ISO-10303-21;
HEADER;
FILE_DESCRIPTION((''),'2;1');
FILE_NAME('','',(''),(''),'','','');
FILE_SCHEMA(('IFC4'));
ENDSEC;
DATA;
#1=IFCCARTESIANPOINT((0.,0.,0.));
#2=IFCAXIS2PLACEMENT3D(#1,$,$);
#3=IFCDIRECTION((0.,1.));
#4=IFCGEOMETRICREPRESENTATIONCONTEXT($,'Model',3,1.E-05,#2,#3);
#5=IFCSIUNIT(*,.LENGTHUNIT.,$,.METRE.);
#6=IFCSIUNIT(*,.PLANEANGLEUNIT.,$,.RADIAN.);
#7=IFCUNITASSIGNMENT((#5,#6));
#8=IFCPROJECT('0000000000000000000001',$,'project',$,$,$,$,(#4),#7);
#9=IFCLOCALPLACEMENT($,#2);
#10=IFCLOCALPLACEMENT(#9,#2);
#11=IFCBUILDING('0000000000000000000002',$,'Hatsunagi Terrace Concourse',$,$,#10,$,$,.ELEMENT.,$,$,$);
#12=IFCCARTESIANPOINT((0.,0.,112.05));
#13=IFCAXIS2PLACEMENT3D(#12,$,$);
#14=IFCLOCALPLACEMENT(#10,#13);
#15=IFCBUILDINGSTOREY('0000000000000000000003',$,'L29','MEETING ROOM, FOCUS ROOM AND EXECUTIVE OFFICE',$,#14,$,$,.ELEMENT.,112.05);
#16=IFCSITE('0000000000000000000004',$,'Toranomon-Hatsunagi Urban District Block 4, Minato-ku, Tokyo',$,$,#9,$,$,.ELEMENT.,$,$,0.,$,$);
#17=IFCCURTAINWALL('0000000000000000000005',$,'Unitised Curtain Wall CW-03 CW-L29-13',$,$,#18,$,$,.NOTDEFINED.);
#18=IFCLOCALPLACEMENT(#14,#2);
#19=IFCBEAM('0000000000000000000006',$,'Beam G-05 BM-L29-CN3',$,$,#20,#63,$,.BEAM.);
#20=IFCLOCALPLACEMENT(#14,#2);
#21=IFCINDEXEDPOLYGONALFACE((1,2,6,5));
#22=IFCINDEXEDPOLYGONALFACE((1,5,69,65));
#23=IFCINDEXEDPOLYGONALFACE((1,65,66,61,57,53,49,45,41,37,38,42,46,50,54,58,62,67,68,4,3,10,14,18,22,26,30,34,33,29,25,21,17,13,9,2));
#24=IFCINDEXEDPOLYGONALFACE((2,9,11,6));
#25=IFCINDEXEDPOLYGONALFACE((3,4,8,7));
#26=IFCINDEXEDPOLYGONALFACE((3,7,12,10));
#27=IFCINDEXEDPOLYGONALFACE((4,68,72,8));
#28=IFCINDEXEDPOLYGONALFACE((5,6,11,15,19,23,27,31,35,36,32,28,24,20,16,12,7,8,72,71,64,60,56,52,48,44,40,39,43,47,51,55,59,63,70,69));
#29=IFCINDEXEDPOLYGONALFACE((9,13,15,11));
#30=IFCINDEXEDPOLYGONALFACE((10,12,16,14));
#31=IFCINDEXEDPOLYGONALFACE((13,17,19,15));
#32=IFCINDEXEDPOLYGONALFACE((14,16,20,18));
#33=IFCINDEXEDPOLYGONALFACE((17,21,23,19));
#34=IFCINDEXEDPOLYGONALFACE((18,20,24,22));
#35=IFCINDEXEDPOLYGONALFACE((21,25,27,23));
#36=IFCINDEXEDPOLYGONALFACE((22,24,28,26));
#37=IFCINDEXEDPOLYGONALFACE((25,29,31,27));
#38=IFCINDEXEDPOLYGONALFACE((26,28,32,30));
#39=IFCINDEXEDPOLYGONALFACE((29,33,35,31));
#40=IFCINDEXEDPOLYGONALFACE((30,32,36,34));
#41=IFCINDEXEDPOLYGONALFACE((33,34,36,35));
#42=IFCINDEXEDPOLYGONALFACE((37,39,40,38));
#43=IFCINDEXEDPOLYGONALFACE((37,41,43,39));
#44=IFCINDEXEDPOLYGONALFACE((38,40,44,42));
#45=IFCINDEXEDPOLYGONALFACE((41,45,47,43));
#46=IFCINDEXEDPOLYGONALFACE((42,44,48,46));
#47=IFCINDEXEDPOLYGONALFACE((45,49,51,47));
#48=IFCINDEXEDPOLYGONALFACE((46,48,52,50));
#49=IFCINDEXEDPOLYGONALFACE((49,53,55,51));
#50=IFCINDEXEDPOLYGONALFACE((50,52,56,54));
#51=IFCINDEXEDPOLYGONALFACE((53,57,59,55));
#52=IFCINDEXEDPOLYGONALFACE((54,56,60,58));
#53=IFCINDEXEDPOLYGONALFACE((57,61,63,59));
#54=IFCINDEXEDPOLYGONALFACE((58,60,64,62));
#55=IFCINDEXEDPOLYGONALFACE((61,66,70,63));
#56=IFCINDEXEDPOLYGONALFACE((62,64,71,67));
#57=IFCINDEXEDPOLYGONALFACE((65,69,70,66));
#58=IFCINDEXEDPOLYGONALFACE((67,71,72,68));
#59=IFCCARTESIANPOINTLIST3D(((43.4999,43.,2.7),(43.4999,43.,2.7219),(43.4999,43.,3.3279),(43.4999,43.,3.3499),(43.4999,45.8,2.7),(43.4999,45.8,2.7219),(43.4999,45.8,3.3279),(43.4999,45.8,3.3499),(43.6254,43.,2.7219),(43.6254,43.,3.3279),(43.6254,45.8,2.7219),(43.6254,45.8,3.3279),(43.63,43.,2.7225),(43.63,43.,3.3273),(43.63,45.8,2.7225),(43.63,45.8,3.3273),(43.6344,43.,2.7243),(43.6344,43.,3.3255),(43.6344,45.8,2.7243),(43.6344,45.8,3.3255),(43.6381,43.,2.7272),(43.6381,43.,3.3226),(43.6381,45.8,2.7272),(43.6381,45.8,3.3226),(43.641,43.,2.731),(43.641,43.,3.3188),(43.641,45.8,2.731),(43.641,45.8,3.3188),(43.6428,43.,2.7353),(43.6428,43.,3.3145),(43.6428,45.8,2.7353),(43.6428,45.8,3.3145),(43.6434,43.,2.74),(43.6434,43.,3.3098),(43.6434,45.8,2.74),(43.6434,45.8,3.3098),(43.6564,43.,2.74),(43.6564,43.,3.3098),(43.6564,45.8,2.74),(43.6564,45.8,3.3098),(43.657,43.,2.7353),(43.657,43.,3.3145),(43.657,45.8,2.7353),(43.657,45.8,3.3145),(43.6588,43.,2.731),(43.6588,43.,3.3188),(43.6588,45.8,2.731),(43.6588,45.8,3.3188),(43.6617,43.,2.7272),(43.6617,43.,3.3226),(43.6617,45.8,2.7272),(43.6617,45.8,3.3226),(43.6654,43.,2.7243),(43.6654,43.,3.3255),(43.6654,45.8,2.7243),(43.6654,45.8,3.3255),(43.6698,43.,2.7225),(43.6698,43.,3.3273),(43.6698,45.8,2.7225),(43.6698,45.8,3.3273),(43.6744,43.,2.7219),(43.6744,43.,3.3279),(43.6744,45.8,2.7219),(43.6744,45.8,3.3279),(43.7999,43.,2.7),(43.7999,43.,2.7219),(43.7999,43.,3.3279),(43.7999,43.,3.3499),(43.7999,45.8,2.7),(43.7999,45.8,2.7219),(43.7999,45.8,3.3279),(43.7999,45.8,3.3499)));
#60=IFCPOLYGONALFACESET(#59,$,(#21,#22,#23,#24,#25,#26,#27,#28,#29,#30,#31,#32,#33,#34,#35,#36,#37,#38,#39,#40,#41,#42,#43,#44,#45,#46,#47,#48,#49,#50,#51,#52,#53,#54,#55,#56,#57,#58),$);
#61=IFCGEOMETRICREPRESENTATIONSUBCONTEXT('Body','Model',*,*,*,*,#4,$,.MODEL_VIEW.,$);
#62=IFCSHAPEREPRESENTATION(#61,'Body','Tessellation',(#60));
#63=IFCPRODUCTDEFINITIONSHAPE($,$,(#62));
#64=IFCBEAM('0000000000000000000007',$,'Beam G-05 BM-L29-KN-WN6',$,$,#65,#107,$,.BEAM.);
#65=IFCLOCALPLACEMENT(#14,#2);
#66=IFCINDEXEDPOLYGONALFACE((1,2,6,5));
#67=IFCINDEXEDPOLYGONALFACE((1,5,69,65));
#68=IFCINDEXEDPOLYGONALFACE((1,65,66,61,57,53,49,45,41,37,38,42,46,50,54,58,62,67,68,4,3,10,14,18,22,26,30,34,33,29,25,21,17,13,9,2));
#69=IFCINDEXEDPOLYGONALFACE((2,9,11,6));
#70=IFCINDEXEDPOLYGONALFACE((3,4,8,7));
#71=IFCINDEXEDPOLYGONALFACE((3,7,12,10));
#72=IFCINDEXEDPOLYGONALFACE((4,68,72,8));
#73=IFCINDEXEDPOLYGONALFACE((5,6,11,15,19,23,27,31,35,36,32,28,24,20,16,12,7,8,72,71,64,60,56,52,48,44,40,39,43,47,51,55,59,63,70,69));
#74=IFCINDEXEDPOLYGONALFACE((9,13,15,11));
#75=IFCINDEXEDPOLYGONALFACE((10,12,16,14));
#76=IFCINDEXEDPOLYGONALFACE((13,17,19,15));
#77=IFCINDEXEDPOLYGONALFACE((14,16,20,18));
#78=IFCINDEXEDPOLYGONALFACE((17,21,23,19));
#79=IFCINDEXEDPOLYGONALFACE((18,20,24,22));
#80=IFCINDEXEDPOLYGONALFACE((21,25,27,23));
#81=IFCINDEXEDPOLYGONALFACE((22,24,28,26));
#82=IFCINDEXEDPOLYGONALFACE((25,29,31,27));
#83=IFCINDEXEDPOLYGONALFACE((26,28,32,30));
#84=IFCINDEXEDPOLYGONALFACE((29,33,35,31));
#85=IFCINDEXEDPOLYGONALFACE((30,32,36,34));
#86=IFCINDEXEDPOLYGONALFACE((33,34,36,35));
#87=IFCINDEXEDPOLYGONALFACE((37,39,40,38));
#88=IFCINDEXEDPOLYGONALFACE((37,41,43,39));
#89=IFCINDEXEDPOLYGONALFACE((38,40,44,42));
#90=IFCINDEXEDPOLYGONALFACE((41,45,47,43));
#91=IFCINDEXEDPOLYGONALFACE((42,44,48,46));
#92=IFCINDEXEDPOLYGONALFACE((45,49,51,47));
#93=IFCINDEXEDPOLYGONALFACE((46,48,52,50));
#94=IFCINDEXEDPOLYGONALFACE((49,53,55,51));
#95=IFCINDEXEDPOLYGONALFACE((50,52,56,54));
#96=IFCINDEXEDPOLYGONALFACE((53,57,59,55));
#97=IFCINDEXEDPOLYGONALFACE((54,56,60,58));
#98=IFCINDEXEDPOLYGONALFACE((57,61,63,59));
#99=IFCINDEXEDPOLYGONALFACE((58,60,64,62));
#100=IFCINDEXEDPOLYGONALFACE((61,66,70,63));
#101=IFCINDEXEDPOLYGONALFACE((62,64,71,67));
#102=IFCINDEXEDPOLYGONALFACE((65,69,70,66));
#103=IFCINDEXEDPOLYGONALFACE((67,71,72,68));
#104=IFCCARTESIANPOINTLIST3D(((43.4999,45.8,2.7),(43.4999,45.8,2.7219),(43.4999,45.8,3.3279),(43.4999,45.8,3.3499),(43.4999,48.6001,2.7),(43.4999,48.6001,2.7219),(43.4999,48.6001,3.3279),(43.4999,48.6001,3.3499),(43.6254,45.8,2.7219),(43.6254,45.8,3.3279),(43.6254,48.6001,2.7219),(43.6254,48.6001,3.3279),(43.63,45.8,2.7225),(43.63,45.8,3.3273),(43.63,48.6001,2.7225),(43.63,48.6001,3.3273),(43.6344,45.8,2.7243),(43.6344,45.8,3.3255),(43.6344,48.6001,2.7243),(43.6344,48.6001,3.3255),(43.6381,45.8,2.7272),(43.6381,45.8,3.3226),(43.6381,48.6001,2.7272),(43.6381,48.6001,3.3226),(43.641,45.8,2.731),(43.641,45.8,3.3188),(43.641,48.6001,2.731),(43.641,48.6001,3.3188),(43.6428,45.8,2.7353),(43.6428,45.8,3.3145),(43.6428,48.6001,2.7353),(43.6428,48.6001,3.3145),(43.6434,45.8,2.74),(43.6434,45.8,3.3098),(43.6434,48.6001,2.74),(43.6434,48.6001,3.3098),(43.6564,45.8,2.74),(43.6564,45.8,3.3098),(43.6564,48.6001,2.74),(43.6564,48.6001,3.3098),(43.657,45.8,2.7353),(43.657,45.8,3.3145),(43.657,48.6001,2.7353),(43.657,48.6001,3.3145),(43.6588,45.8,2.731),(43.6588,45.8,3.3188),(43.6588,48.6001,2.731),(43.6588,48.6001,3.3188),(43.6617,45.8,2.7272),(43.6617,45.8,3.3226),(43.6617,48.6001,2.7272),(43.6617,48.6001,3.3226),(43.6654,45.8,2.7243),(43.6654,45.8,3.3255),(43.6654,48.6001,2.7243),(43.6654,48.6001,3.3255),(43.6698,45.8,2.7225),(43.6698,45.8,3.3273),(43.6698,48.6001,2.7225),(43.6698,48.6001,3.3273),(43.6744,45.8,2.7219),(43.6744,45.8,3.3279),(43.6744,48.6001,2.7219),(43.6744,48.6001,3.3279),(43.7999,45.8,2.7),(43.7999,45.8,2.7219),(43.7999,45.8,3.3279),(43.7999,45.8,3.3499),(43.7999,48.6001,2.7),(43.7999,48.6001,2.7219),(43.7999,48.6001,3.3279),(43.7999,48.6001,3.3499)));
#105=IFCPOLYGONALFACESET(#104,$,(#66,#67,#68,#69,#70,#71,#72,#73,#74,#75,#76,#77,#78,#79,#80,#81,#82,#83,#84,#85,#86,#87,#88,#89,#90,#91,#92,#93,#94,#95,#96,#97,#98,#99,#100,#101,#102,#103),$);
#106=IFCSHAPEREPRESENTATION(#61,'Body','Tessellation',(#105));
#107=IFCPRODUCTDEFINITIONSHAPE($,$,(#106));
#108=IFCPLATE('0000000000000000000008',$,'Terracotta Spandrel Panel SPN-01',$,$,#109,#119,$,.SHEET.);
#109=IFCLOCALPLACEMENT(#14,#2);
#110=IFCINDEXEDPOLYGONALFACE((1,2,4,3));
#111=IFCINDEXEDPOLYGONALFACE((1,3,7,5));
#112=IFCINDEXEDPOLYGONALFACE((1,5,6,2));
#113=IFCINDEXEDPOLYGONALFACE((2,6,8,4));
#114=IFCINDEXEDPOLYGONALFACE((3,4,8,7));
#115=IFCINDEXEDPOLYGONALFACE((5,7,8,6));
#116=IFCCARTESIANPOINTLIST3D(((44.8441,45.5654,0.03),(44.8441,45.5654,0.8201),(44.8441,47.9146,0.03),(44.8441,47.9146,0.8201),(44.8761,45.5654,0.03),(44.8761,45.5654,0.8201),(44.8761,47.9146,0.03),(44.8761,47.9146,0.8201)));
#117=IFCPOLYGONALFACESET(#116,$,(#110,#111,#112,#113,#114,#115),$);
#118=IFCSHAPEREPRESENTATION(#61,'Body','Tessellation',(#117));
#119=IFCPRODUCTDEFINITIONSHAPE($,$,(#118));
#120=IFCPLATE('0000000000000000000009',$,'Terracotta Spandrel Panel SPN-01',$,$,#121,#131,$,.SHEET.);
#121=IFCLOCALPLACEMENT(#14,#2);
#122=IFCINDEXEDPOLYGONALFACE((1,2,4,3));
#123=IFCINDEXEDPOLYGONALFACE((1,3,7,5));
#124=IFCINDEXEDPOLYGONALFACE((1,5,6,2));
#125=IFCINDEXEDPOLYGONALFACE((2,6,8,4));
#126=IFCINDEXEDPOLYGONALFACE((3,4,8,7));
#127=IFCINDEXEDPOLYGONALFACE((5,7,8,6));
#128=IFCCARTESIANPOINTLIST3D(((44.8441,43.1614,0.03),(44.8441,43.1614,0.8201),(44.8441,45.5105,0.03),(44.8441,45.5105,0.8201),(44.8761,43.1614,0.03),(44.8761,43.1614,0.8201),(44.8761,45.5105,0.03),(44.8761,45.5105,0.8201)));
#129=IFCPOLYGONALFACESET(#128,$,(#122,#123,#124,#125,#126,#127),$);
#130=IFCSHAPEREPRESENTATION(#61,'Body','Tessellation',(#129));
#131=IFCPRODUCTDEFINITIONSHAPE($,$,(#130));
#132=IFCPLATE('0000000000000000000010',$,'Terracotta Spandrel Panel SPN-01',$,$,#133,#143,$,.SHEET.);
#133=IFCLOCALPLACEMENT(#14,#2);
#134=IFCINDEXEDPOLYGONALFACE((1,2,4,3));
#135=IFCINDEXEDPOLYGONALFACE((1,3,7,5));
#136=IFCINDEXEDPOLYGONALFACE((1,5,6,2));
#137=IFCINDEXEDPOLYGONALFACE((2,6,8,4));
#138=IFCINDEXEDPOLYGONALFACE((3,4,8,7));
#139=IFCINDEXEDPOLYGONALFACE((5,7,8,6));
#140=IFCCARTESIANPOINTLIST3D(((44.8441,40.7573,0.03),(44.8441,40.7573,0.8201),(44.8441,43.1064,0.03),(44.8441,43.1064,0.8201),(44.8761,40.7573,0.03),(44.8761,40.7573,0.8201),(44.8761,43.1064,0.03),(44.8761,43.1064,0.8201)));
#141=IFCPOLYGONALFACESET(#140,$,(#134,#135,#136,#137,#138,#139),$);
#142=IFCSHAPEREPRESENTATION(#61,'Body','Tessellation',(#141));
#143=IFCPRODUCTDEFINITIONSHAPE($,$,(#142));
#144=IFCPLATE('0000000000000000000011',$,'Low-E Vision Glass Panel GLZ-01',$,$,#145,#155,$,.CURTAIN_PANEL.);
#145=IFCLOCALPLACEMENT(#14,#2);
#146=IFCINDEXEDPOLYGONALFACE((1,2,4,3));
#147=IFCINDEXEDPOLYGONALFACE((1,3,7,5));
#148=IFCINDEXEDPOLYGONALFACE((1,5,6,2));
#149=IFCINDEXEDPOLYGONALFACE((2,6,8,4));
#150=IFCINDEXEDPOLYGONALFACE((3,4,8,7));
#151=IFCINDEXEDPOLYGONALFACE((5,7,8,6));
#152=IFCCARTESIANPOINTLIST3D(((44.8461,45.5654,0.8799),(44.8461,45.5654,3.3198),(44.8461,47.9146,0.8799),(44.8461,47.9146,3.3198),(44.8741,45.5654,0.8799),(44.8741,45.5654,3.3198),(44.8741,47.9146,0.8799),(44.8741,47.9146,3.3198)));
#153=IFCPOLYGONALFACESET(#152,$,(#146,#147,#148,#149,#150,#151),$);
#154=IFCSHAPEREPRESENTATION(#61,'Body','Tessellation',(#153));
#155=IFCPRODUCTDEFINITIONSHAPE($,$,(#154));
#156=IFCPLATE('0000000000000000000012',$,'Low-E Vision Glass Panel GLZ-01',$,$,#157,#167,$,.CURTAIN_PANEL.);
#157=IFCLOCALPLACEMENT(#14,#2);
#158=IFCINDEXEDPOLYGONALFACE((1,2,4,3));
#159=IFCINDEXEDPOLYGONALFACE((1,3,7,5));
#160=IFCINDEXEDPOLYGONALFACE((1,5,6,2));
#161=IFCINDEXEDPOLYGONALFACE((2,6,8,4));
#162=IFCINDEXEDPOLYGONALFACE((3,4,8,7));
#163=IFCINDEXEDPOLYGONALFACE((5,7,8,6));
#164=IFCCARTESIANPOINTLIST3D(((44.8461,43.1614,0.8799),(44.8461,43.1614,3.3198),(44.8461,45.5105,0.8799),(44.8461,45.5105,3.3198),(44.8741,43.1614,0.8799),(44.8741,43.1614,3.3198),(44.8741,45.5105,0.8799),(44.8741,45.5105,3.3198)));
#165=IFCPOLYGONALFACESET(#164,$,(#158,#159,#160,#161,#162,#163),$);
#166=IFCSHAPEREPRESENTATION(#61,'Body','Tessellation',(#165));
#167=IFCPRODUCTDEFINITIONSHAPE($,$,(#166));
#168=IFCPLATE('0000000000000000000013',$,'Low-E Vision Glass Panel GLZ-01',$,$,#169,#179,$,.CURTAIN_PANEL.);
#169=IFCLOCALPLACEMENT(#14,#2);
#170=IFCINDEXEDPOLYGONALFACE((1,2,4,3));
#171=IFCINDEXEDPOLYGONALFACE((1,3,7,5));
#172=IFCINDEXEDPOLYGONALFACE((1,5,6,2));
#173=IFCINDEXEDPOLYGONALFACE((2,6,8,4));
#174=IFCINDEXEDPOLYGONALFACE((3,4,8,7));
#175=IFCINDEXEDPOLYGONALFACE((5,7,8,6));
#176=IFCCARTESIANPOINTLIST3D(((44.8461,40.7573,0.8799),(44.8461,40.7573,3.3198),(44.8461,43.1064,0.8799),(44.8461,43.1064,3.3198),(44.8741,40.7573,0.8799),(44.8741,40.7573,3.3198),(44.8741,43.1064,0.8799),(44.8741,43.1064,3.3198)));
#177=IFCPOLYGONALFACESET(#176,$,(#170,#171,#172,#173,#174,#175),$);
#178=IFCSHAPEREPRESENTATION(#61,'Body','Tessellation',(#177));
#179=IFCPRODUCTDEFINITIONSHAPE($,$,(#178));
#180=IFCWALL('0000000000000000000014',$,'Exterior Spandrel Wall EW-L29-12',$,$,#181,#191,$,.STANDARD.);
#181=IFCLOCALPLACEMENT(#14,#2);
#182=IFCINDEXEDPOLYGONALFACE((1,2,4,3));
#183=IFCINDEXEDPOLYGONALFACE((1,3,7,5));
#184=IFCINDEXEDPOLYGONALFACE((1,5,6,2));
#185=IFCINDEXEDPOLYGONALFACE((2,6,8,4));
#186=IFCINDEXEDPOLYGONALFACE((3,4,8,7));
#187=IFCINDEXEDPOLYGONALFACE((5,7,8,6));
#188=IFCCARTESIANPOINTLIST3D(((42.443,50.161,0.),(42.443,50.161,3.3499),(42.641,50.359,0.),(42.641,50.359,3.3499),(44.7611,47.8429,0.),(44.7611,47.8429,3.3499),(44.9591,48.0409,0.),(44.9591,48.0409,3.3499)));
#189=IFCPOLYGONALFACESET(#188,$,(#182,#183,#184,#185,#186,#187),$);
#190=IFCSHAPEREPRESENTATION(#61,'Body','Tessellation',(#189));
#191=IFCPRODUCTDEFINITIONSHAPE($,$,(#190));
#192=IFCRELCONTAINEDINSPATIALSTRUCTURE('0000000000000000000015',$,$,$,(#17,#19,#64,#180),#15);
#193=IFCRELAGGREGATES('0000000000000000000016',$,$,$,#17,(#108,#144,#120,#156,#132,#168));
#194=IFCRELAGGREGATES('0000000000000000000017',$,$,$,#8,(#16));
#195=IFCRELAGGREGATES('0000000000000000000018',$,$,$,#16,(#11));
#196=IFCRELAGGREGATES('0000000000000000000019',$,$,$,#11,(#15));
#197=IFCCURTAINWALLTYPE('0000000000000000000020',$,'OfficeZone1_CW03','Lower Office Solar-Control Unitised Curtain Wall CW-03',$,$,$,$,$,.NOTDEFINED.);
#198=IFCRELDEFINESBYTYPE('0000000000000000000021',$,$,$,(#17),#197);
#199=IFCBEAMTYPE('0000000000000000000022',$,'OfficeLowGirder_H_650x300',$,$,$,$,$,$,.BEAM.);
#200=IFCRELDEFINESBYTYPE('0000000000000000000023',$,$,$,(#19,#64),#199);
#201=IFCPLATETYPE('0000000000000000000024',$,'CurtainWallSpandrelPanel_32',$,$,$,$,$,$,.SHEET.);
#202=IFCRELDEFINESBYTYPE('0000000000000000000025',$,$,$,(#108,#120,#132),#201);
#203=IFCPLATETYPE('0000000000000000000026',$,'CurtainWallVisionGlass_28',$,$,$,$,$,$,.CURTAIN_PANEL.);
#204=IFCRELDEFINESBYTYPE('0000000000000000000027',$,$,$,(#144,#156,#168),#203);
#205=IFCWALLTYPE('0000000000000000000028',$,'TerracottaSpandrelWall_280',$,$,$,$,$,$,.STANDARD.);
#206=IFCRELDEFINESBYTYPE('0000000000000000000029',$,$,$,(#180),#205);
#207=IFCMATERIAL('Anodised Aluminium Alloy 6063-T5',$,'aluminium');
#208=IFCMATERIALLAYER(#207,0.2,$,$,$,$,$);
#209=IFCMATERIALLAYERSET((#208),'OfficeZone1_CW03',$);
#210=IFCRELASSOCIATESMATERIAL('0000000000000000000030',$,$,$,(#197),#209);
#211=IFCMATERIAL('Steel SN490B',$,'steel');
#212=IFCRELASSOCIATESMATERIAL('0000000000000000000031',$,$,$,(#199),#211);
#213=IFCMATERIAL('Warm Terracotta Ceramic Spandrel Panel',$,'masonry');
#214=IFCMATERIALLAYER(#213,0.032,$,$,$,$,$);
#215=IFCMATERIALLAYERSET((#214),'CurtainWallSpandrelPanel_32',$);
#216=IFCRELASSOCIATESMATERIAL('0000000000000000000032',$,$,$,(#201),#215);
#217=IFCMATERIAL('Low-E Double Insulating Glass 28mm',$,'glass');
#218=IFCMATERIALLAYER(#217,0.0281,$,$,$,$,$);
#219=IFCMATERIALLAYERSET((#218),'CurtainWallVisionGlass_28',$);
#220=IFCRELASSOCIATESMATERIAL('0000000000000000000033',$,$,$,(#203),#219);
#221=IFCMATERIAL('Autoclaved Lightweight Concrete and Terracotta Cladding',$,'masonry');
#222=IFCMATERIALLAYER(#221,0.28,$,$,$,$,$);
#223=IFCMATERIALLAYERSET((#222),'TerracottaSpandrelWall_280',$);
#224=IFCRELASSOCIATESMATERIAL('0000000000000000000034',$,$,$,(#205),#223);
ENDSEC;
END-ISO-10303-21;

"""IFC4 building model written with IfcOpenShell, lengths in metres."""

from ifc_helpers import new_model, si_unit, direction, frame, frame_2d, origin, origin_2d, place, context, subcontext, project, spatial, rectangle, i_section, extrude, material, layer, layer_set, material_profile, profile_set, type_object, element, aggregate, save


model = new_model("IFC4")

# Units and contexts
model_context = context("Model", 3, precision=1e-05, world=origin(), true_north=direction((0.0, 1.0)))
body_context = subcontext(model_context, "Body", "Model", "MODEL_VIEW")
ifc_project = project(units=[si_unit("LENGTHUNIT", "METRE"), si_unit("PLANEANGLEUNIT", "RADIAN")], contexts=[model_context])

# Site, building, storey
site_placement = place(None, origin())
site = spatial("IfcSite", under=ifc_project, at=site_placement, Name="Toranomon-Hatsunagi Urban District Block 4, Minato-ku, Tokyo", CompositionType="ELEMENT", RefElevation=0.0)
building_placement = place(site_placement, origin())
building = spatial("IfcBuilding", under=site, at=building_placement, Name="Hatsunagi Terrace Concourse", CompositionType="ELEMENT")
storey_placement = place(building_placement, frame((0.0, 0.0, 112.05)))
storey = spatial("IfcBuildingStorey", under=building, at=storey_placement, Name="L29", Description="MEETING ROOM, FOCUS ROOM AND EXECUTIVE OFFICE", CompositionType="ELEMENT", Elevation=112.05)

# Curtain wall
ifc_material_1 = material(Name="Anodised Aluminium Alloy 6063-T5", Category="aluminium")
ifc_layer_1 = layer(ifc_material_1, 0.2)
ifc_layer_set_1 = layer_set([ifc_layer_1], Name="OfficeZone1_CW03")
curtain_wall_type = type_object("IfcCurtainWallType", Name="OfficeZone1_CW03", Description="Lower Office Solar-Control Unitised Curtain Wall CW-03", PredefinedType="NOTDEFINED", material=ifc_layer_set_1)
curtain_wall_placement = place(storey_placement, origin())
curtain_wall = element("IfcCurtainWall", 1, at=curtain_wall_placement, inside=storey, type_object=curtain_wall_type, Name="Unitised Curtain Wall CW-03 CW-L29-13", PredefinedType="NOTDEFINED")

# Beams
ifc_material_2 = material(Name="Steel SN490B", Category="steel")
ifc_material_profile_1 = material_profile(ifc_material_2, i_section(OverallWidth=0.3, OverallDepth=0.6499, WebThickness=0.0129, FlangeThickness=0.022, FilletRadius=0.0181, at=origin_2d()), Name="H-650x300x13x22")
ifc_profile_set_1 = profile_set([ifc_material_profile_1], Name="Steel SN490B")
beam_type = type_object("IfcBeamType", Name="OfficeLowGirder_H_650x300", PredefinedType="BEAM", material=ifc_profile_set_1)
for number, where, z_axis, x_axis, name in (
    (2, (43.6499, 43.0, 3.0249), (0.0, 1.0, 0.0), (-1.0, 0.0, 0.0), "Beam G-05 BM-L29-CN3"),
    (3, (43.6499, 45.8, 3.0249), (0.0, 1.0, 0.0), (-1.0, 0.0, 0.0), "Beam G-05 BM-L29-KN-WN6"),
):
    element("IfcBeam", number, at=place(storey_placement, frame(where, z_axis=z_axis, x_axis=x_axis)), inside=storey, type_object=beam_type, Name=name, PredefinedType="BEAM", context=body_context, shape_type="SweptSolid", body=[
        extrude(i_section(OverallWidth=0.3, OverallDepth=0.6499, WebThickness=0.0129, FlangeThickness=0.022, FilletRadius=0.0181, at=origin_2d()), origin(), (0.0, 0.0, 1.0), 2.8),
    ])

# Plates
ifc_material_3 = material(Name="Warm Terracotta Ceramic Spandrel Panel", Category="masonry")
ifc_layer_2 = layer(ifc_material_3, 0.032)
ifc_layer_set_2 = layer_set([ifc_layer_2], Name="CurtainWallSpandrelPanel_32")
plate_type_1 = type_object("IfcPlateType", Name="CurtainWallSpandrelPanel_32", PredefinedType="SHEET", material=ifc_layer_set_2)
plate_1_placement = place(storey_placement, frame((44.8601, 46.74, 0.03), z_axis=(0.0, 0.0, 1.0), x_axis=(0.0, -1.0, 0.0)))
plate_1 = element("IfcPlate", 4, at=plate_1_placement, type_object=plate_type_1, Name="Terracotta Spandrel Panel SPN-01", PredefinedType="SHEET", context=body_context, shape_type="SweptSolid", body=[
    extrude(rectangle(XDim=2.3491, YDim=0.032, at=origin_2d()), origin(), (0.0, 0.0, 1.0), 0.79),
])
plate_2_placement = place(storey_placement, frame((44.8601, 44.3359, 0.03), z_axis=(0.0, 0.0, 1.0), x_axis=(0.0, -1.0, 0.0)))
plate_2 = element("IfcPlate", 5, at=plate_2_placement, type_object=plate_type_1, Name="Terracotta Spandrel Panel SPN-01", PredefinedType="SHEET", context=body_context, shape_type="SweptSolid", body=[
    extrude(rectangle(XDim=2.3491, YDim=0.032, at=origin_2d()), origin(), (0.0, 0.0, 1.0), 0.79),
])
plate_3_placement = place(storey_placement, frame((44.8601, 41.9319, 0.03), z_axis=(0.0, 0.0, 1.0), x_axis=(0.0, -1.0, 0.0)))
plate_3 = element("IfcPlate", 6, at=plate_3_placement, type_object=plate_type_1, Name="Terracotta Spandrel Panel SPN-01", PredefinedType="SHEET", context=body_context, shape_type="SweptSolid", body=[
    extrude(rectangle(XDim=2.3491, YDim=0.032, at=origin_2d()), origin(), (0.0, 0.0, 1.0), 0.79),
])
ifc_material_4 = material(Name="Low-E Double Insulating Glass 28mm", Category="glass")
ifc_layer_3 = layer(ifc_material_4, 0.0281)
ifc_layer_set_3 = layer_set([ifc_layer_3], Name="CurtainWallVisionGlass_28")
plate_type_2 = type_object("IfcPlateType", Name="CurtainWallVisionGlass_28", PredefinedType="CURTAIN_PANEL", material=ifc_layer_set_3)
plate_4_placement = place(storey_placement, frame((44.8601, 46.74, 0.8799), z_axis=(0.0, 0.0, 1.0), x_axis=(0.0, -1.0, 0.0)))
plate_4 = element("IfcPlate", 7, at=plate_4_placement, type_object=plate_type_2, Name="Low-E Vision Glass Panel GLZ-01", PredefinedType="CURTAIN_PANEL", context=body_context, shape_type="SweptSolid", body=[
    extrude(rectangle(XDim=2.3491, YDim=0.0281, at=origin_2d()), origin(), (0.0, 0.0, 1.0), 2.4399),
])
plate_5_placement = place(storey_placement, frame((44.8601, 44.3359, 0.8799), z_axis=(0.0, 0.0, 1.0), x_axis=(0.0, -1.0, 0.0)))
plate_5 = element("IfcPlate", 8, at=plate_5_placement, type_object=plate_type_2, Name="Low-E Vision Glass Panel GLZ-01", PredefinedType="CURTAIN_PANEL", context=body_context, shape_type="SweptSolid", body=[
    extrude(rectangle(XDim=2.3491, YDim=0.0281, at=origin_2d()), origin(), (0.0, 0.0, 1.0), 2.4399),
])
plate_6_placement = place(storey_placement, frame((44.8601, 41.9319, 0.8799), z_axis=(0.0, 0.0, 1.0), x_axis=(0.0, -1.0, 0.0)))
plate_6 = element("IfcPlate", 9, at=plate_6_placement, type_object=plate_type_2, Name="Low-E Vision Glass Panel GLZ-01", PredefinedType="CURTAIN_PANEL", context=body_context, shape_type="SweptSolid", body=[
    extrude(rectangle(XDim=2.3491, YDim=0.0281, at=origin_2d()), origin(), (0.0, 0.0, 1.0), 2.4399),
])
aggregate(curtain_wall, [plate_1, plate_4, plate_2, plate_5, plate_3, plate_6])

# Wall
ifc_material_5 = material(Name="Autoclaved Lightweight Concrete and Terracotta Cladding", Category="masonry")
ifc_layer_4 = layer(ifc_material_5, 0.28)
ifc_layer_set_4 = layer_set([ifc_layer_4], Name="TerracottaSpandrelWall_280")
wall_type = type_object("IfcWallType", Name="TerracottaSpandrelWall_280", PredefinedType="STANDARD", material=ifc_layer_set_4)
wall_placement = place(storey_placement, frame((42.542, 50.26, 0.0), z_axis=(0.0, 0.0, 1.0), x_axis=(0.707107, -0.707107, 0.0)))
element("IfcWall", 10, at=wall_placement, inside=storey, type_object=wall_type, Name="Exterior Spandrel Wall EW-L29-12", PredefinedType="STANDARD", context=body_context, shape_type="SweptSolid", body=[
    extrude(rectangle(XDim=3.2783, YDim=0.28, at=frame_2d((1.6392, 0.0))), origin(), (0.0, 0.0, 1.0), 3.3499),
])

save(model, "model.ifc")
